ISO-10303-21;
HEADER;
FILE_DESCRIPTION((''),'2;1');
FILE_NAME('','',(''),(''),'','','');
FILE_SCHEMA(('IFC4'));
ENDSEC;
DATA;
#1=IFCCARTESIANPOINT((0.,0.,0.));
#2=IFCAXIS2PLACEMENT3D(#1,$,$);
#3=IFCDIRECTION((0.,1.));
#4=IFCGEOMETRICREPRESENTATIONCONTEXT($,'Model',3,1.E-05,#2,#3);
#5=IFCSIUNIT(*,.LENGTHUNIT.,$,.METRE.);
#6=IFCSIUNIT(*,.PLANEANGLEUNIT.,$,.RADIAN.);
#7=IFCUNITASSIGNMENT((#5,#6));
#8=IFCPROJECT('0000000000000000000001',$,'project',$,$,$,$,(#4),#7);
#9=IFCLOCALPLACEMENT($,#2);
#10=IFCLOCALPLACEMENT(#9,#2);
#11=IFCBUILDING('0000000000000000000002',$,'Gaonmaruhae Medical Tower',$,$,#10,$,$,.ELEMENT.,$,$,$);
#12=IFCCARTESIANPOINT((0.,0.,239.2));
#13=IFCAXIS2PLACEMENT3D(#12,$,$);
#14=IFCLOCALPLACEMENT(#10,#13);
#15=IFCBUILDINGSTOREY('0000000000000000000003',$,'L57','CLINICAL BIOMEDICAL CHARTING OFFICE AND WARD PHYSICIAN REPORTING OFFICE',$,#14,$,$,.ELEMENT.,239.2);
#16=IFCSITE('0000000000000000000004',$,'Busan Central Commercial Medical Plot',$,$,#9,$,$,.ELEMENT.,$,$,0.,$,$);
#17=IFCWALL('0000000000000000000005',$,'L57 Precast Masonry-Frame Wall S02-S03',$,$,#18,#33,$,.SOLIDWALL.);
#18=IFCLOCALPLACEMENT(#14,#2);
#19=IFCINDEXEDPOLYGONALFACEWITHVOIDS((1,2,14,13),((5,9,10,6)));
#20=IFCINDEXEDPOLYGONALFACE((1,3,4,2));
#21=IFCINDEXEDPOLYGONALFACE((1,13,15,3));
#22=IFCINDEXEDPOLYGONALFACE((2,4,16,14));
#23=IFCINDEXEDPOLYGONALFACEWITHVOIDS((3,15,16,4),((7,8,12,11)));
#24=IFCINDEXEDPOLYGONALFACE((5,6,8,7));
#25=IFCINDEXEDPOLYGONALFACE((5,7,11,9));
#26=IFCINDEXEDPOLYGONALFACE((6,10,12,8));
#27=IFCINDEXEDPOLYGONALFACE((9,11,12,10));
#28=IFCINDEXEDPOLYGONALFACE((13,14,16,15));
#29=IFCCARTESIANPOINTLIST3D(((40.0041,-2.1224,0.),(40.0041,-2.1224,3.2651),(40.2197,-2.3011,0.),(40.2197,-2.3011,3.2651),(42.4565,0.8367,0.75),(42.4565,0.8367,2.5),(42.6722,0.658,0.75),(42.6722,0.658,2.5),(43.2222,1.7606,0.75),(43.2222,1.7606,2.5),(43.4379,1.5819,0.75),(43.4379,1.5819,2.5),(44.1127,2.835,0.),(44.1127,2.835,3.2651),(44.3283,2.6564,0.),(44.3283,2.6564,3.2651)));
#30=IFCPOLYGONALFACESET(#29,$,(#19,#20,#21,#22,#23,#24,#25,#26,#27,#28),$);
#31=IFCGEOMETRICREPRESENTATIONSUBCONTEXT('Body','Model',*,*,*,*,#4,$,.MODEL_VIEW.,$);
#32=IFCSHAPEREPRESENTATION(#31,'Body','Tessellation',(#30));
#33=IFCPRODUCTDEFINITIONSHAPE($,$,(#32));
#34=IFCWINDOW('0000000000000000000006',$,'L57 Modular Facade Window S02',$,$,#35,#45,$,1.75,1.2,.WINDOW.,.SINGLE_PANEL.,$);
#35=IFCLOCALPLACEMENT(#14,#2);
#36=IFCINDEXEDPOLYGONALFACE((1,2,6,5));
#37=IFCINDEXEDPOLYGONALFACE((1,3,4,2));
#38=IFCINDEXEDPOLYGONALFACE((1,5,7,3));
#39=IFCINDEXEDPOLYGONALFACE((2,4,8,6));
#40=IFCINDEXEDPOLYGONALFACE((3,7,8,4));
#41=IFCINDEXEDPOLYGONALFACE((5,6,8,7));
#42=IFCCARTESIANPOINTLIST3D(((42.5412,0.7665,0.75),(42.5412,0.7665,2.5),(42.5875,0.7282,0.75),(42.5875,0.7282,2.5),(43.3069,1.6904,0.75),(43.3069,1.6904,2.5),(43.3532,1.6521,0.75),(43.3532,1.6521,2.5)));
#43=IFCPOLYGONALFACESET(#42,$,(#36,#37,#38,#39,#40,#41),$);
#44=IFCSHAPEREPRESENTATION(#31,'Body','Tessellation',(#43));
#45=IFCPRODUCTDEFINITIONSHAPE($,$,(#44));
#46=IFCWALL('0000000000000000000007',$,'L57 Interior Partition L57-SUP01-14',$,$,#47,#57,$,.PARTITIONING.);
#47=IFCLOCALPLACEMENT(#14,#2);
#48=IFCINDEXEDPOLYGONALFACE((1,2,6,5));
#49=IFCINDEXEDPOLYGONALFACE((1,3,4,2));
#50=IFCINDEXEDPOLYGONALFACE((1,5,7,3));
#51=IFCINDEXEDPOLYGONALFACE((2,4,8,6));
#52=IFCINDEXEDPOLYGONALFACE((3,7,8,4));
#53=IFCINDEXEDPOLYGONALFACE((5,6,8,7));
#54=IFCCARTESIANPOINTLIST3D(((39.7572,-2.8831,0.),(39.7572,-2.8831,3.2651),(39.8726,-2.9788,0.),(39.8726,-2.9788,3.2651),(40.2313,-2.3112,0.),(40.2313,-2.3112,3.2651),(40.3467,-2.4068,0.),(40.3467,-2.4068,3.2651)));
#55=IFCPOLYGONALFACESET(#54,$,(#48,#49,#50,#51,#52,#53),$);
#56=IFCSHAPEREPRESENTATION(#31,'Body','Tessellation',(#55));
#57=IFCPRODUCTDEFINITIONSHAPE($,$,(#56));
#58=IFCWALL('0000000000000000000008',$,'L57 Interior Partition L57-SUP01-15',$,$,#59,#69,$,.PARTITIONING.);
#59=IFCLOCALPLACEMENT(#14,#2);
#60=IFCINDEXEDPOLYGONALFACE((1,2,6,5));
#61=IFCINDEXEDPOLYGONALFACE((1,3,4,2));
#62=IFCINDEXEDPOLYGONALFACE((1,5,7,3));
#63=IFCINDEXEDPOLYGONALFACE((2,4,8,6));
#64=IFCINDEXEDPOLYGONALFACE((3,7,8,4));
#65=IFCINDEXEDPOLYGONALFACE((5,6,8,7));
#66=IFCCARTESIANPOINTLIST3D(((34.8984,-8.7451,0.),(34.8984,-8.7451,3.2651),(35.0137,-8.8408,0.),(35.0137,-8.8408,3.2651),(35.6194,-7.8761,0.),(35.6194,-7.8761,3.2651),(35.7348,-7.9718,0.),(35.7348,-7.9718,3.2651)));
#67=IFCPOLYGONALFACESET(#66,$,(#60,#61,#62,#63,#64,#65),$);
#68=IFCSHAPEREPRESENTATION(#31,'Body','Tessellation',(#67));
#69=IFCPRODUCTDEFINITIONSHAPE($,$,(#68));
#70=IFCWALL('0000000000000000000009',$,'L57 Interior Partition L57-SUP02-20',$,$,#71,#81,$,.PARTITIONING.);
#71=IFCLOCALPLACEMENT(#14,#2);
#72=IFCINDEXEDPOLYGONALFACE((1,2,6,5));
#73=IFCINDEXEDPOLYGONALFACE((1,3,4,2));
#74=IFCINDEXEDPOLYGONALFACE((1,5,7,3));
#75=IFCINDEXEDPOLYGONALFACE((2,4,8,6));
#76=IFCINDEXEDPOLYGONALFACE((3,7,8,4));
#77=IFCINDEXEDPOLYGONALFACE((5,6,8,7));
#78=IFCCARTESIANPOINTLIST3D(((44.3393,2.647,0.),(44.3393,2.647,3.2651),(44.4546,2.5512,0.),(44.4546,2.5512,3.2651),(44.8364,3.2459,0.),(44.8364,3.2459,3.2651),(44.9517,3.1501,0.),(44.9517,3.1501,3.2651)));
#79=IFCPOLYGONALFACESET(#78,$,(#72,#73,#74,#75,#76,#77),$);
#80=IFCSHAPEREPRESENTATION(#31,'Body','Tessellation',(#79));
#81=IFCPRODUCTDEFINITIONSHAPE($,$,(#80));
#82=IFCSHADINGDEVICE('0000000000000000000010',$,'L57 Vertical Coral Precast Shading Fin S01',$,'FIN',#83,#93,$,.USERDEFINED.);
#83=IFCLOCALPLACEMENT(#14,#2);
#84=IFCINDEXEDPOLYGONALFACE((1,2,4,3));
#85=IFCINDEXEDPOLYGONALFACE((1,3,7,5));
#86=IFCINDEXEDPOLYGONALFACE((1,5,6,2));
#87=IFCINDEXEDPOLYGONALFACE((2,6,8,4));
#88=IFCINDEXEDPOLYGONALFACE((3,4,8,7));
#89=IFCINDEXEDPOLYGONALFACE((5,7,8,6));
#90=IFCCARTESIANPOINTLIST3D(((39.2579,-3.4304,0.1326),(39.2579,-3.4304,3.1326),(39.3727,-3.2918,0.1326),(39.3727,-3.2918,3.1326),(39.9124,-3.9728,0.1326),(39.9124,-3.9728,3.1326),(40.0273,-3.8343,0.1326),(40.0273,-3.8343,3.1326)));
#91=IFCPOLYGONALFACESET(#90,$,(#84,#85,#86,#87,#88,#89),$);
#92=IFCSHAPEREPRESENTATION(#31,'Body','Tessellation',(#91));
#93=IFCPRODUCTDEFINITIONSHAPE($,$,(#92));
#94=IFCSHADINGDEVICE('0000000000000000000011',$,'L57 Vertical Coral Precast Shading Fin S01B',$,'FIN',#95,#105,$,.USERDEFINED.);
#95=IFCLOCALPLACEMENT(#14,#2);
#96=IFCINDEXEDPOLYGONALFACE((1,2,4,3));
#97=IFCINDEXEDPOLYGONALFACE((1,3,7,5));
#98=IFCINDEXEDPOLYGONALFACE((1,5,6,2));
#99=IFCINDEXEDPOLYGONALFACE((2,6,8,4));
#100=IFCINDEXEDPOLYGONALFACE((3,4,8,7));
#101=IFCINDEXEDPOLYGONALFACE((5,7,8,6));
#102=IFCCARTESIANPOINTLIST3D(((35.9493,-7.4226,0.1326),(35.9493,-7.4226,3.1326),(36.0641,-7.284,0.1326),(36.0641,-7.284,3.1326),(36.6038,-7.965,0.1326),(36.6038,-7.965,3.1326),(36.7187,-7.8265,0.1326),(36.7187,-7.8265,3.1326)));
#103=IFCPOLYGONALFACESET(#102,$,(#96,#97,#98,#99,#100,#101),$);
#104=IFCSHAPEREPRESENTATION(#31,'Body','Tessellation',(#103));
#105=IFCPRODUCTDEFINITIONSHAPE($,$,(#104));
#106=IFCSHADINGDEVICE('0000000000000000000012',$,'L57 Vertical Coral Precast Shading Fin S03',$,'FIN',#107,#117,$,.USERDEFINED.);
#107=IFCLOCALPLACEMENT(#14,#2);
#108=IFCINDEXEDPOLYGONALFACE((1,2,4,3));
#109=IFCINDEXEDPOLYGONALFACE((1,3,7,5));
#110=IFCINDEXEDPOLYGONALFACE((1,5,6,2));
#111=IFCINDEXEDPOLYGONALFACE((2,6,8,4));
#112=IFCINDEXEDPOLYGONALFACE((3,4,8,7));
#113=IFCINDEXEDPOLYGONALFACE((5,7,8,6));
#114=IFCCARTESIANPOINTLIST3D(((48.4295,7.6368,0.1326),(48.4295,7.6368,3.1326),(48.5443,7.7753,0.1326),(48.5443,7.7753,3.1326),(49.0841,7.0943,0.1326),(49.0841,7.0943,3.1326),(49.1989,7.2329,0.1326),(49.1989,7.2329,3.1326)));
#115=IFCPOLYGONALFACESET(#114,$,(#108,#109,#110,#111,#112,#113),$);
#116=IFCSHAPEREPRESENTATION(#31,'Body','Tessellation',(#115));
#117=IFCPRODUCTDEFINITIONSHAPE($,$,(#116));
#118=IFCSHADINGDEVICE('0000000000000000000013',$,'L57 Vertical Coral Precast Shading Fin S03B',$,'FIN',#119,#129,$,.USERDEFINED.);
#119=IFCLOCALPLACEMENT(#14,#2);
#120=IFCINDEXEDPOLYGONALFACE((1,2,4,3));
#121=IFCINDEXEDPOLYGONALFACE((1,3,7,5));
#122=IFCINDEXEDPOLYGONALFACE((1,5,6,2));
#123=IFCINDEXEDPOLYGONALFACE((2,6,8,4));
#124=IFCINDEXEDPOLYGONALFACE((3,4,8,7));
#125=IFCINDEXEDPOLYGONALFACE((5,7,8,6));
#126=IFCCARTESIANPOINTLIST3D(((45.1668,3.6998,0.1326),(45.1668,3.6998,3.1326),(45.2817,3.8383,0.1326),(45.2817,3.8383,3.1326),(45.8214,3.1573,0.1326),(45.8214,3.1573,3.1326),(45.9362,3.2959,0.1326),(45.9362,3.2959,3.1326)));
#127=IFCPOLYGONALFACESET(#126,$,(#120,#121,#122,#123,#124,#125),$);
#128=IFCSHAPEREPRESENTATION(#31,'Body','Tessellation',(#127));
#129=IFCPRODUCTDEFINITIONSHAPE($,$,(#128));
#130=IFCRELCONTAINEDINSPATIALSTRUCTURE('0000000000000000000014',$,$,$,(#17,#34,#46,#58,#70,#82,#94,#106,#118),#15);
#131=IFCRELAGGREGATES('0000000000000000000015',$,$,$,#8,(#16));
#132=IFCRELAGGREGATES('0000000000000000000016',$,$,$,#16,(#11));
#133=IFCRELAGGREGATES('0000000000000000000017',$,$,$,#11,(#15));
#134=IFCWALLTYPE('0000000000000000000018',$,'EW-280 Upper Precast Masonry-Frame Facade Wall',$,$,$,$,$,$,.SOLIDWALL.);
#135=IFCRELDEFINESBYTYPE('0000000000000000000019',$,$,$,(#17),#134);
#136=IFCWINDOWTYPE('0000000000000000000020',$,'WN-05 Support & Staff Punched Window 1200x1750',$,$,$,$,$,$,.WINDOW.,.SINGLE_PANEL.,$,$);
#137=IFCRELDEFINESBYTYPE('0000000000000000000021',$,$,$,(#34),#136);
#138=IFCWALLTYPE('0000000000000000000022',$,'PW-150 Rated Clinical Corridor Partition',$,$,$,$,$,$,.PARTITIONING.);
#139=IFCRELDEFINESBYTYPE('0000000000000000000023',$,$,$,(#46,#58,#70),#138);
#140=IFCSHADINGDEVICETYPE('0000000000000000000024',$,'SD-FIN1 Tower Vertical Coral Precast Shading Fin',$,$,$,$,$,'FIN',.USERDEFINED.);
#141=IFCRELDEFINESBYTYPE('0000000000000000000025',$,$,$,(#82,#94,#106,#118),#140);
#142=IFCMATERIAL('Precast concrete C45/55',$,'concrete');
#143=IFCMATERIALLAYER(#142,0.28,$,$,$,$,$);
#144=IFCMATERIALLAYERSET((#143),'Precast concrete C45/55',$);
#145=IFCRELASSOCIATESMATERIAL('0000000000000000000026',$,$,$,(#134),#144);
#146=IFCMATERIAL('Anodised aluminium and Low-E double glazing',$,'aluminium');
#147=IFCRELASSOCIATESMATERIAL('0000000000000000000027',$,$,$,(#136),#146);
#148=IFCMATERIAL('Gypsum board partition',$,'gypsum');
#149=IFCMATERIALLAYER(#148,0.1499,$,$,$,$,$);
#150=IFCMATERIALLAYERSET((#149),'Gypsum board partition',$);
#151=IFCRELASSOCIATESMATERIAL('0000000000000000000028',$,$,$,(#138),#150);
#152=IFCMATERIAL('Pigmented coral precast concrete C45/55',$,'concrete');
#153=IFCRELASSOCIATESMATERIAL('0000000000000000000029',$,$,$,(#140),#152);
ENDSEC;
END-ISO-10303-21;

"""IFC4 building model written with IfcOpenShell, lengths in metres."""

from ifc_helpers import new_model, si_unit, direction, frame, frame_2d, origin, origin_2d, place, context, subcontext, project, spatial, rectangle, extrude, material, layer, layer_set, type_object, element, fill, save


model = new_model("IFC4")

# Units and contexts
model_context = context("Model", 3, precision=1e-05, world=origin(), true_north=direction((0.0, 1.0)))
body_context = subcontext(model_context, "Body", "Model", "MODEL_VIEW")
ifc_project = project(units=[si_unit("LENGTHUNIT", "METRE"), si_unit("PLANEANGLEUNIT", "RADIAN")], contexts=[model_context])

# Site, building, storey
site_placement = place(None, origin())
site = spatial("IfcSite", under=ifc_project, at=site_placement, Name="Busan Central Commercial Medical Plot", CompositionType="ELEMENT", RefElevation=0.0)
building_placement = place(site_placement, origin())
building = spatial("IfcBuilding", under=site, at=building_placement, Name="Gaonmaruhae Medical Tower", CompositionType="ELEMENT")
storey_placement = place(building_placement, frame((0.0, 0.0, 239.2)))
storey = spatial("IfcBuildingStorey", under=building, at=storey_placement, Name="L57", Description="CLINICAL BIOMEDICAL CHARTING OFFICE AND WARD PHYSICIAN REPORTING OFFICE", CompositionType="ELEMENT", Elevation=239.2)

# Wall, opening, window
ifc_material_1 = material(Name="Precast concrete C45/55", Category="concrete")
ifc_layer_1 = layer(ifc_material_1, 0.28)
ifc_layer_set_1 = layer_set([ifc_layer_1], Name="Precast concrete C45/55")
wall_type_1 = type_object("IfcWallType", Name="EW-280 Upper Precast Masonry-Frame Facade Wall", PredefinedType="SOLIDWALL", material=ifc_layer_set_1)
ifc_material_2 = material(Name="Anodised aluminium and Low-E double glazing", Category="aluminium")
wall_1_placement = place(storey_placement, frame((44.2205, 2.7456, 0.0), z_axis=(0.0, 0.0, 1.0), x_axis=(-0.638108, -0.769947, 0.0)))
wall_1 = element("IfcWall", 1, at=wall_1_placement, inside=storey, type_object=wall_type_1, Name="L57 Precast Masonry-Frame Wall S02-S03", PredefinedType="SOLIDWALL", context=body_context, shape_type="SweptSolid", body=[
    extrude(rectangle(XDim=6.4387, YDim=0.28, at=frame_2d((3.2192, 0.0))), origin(), (0.0, 0.0, 1.0), 3.2651),
])
opening_1_placement = place(wall_1_placement, frame((1.3953, 0.0, 0.75)))
opening_1 = element("IfcOpeningElement", 2, at=opening_1_placement, cuts=wall_1, PredefinedType="OPENING", context=body_context, shape_type="SweptSolid", body=[
    extrude(rectangle(XDim=1.2, YDim=1.75, at=frame_2d((0.6001, 0.875))), frame((0.0, 0.1499, 0.0), z_axis=(0.0, -1.0, 0.0), x_axis=(1.0, 0.0, 0.0)), (0.0, 0.0, 1.0), 0.3),
])
window_type_1 = type_object("IfcWindowType", Name="WN-05 Support & Staff Punched Window 1200x1750", PartitioningType="SINGLE_PANEL", PredefinedType="WINDOW", material=ifc_material_2)
window_1_placement = place(opening_1_placement, origin())
window_1 = element("IfcWindow", 3, at=window_1_placement, inside=storey, type_object=window_type_1, Name="L57 Modular Facade Window S02", OverallHeight=1.75, OverallWidth=1.2, PartitioningType="SINGLE_PANEL", PredefinedType="WINDOW", context=body_context, shape_type="SweptSolid", body=[
    extrude(rectangle(XDim=1.2, YDim=1.75, at=frame_2d((0.6001, 0.875))), frame((0.0, 0.03, 0.0), z_axis=(0.0, -1.0, 0.0), x_axis=(1.0, 0.0, 0.0)), (0.0, 0.0, 1.0), 0.0601),
])
fill(opening_1, window_1)

# Walls
ifc_material_3 = material(Name="Gypsum board partition", Category="gypsum")
ifc_layer_2 = layer(ifc_material_3, 0.1499)
ifc_layer_set_2 = layer_set([ifc_layer_2], Name="Gypsum board partition")
wall_type_2 = type_object("IfcWallType", Name="PW-150 Rated Clinical Corridor Partition", PredefinedType="PARTITIONING", material=ifc_layer_set_2)
wall_2_placement = place(storey_placement, frame((40.2891, -2.3589, 0.0), z_axis=(0.0, 0.0, 1.0), x_axis=(-0.638146, -0.769915, 0.0)))
element("IfcWall", 4, at=wall_2_placement, inside=storey, type_object=wall_type_2, Name="L57 Interior Partition L57-SUP01-14", PredefinedType="PARTITIONING", context=body_context, shape_type="SweptSolid", body=[
    extrude(rectangle(XDim=0.7429, YDim=0.1499, at=frame_2d((0.3716, 0.0))), origin(), (0.0, 0.0, 1.0), 3.2651),
])
wall_3_placement = place(storey_placement, frame((35.677, -7.9241, 0.0), z_axis=(0.0, 0.0, 1.0), x_axis=(-0.638545, -0.769584, 0.0)))
element("IfcWall", 5, at=wall_3_placement, inside=storey, type_object=wall_type_2, Name="L57 Interior Partition L57-SUP01-15", PredefinedType="PARTITIONING", context=body_context, shape_type="SweptSolid", body=[
    extrude(rectangle(XDim=1.1292, YDim=0.1499, at=frame_2d((0.5645, 0.0))), origin(), (0.0, 0.0, 1.0), 3.2651),
])
wall_4_placement = place(storey_placement, frame((44.894, 3.198, 0.0), z_axis=(0.0, 0.0, 1.0), x_axis=(-0.638671, -0.76948, 0.0)))
element("IfcWall", 6, at=wall_4_placement, inside=storey, type_object=wall_type_2, Name="L57 Interior Partition L57-SUP02-20", PredefinedType="PARTITIONING", context=body_context, shape_type="SweptSolid", body=[
    extrude(rectangle(XDim=0.7783, YDim=0.1499, at=frame_2d((0.3892, 0.0))), origin(), (0.0, 0.0, 1.0), 3.2651),
])

# Shading devices
ifc_material_4 = material(Name="Pigmented coral precast concrete C45/55", Category="concrete")
shading_device_type = type_object("IfcShadingDeviceType", Name="SD-FIN1 Tower Vertical Coral Precast Shading Fin", ElementType="FIN", PredefinedType="USERDEFINED", material=ifc_material_4)
for number, where, z_axis, x_axis, name in (
    (7, (39.6426, -3.6323, 0.1326), (0.0, 0.0, 1.0), (-0.638096, -0.769957, 0.0), "L57 Vertical Coral Precast Shading Fin S01"),
    (8, (36.334, -7.6245, 0.1326), (0.0, 0.0, 1.0), (-0.638096, -0.769957, 0.0), "L57 Vertical Coral Precast Shading Fin S01B"),
    (9, (48.8142, 7.4348, 0.1326), (0.0, 0.0, 1.0), (-0.638096, -0.769957, 0.0), "L57 Vertical Coral Precast Shading Fin S03"),
    (10, (45.5515, 3.4978, 0.1326), (0.0, 0.0, 1.0), (-0.638096, -0.769957, 0.0), "L57 Vertical Coral Precast Shading Fin S03B"),
):
    element("IfcShadingDevice", number, at=place(storey_placement, frame(where, z_axis=z_axis, x_axis=x_axis)), inside=storey, type_object=shading_device_type, Name=name, ObjectType="FIN", PredefinedType="USERDEFINED", context=body_context, shape_type="SweptSolid", body=[
        extrude(rectangle(XDim=0.1799, YDim=0.8501, at=origin_2d()), origin(), (0.0, 0.0, 1.0), 3.0),
    ])

save(model, "model.ifc")
